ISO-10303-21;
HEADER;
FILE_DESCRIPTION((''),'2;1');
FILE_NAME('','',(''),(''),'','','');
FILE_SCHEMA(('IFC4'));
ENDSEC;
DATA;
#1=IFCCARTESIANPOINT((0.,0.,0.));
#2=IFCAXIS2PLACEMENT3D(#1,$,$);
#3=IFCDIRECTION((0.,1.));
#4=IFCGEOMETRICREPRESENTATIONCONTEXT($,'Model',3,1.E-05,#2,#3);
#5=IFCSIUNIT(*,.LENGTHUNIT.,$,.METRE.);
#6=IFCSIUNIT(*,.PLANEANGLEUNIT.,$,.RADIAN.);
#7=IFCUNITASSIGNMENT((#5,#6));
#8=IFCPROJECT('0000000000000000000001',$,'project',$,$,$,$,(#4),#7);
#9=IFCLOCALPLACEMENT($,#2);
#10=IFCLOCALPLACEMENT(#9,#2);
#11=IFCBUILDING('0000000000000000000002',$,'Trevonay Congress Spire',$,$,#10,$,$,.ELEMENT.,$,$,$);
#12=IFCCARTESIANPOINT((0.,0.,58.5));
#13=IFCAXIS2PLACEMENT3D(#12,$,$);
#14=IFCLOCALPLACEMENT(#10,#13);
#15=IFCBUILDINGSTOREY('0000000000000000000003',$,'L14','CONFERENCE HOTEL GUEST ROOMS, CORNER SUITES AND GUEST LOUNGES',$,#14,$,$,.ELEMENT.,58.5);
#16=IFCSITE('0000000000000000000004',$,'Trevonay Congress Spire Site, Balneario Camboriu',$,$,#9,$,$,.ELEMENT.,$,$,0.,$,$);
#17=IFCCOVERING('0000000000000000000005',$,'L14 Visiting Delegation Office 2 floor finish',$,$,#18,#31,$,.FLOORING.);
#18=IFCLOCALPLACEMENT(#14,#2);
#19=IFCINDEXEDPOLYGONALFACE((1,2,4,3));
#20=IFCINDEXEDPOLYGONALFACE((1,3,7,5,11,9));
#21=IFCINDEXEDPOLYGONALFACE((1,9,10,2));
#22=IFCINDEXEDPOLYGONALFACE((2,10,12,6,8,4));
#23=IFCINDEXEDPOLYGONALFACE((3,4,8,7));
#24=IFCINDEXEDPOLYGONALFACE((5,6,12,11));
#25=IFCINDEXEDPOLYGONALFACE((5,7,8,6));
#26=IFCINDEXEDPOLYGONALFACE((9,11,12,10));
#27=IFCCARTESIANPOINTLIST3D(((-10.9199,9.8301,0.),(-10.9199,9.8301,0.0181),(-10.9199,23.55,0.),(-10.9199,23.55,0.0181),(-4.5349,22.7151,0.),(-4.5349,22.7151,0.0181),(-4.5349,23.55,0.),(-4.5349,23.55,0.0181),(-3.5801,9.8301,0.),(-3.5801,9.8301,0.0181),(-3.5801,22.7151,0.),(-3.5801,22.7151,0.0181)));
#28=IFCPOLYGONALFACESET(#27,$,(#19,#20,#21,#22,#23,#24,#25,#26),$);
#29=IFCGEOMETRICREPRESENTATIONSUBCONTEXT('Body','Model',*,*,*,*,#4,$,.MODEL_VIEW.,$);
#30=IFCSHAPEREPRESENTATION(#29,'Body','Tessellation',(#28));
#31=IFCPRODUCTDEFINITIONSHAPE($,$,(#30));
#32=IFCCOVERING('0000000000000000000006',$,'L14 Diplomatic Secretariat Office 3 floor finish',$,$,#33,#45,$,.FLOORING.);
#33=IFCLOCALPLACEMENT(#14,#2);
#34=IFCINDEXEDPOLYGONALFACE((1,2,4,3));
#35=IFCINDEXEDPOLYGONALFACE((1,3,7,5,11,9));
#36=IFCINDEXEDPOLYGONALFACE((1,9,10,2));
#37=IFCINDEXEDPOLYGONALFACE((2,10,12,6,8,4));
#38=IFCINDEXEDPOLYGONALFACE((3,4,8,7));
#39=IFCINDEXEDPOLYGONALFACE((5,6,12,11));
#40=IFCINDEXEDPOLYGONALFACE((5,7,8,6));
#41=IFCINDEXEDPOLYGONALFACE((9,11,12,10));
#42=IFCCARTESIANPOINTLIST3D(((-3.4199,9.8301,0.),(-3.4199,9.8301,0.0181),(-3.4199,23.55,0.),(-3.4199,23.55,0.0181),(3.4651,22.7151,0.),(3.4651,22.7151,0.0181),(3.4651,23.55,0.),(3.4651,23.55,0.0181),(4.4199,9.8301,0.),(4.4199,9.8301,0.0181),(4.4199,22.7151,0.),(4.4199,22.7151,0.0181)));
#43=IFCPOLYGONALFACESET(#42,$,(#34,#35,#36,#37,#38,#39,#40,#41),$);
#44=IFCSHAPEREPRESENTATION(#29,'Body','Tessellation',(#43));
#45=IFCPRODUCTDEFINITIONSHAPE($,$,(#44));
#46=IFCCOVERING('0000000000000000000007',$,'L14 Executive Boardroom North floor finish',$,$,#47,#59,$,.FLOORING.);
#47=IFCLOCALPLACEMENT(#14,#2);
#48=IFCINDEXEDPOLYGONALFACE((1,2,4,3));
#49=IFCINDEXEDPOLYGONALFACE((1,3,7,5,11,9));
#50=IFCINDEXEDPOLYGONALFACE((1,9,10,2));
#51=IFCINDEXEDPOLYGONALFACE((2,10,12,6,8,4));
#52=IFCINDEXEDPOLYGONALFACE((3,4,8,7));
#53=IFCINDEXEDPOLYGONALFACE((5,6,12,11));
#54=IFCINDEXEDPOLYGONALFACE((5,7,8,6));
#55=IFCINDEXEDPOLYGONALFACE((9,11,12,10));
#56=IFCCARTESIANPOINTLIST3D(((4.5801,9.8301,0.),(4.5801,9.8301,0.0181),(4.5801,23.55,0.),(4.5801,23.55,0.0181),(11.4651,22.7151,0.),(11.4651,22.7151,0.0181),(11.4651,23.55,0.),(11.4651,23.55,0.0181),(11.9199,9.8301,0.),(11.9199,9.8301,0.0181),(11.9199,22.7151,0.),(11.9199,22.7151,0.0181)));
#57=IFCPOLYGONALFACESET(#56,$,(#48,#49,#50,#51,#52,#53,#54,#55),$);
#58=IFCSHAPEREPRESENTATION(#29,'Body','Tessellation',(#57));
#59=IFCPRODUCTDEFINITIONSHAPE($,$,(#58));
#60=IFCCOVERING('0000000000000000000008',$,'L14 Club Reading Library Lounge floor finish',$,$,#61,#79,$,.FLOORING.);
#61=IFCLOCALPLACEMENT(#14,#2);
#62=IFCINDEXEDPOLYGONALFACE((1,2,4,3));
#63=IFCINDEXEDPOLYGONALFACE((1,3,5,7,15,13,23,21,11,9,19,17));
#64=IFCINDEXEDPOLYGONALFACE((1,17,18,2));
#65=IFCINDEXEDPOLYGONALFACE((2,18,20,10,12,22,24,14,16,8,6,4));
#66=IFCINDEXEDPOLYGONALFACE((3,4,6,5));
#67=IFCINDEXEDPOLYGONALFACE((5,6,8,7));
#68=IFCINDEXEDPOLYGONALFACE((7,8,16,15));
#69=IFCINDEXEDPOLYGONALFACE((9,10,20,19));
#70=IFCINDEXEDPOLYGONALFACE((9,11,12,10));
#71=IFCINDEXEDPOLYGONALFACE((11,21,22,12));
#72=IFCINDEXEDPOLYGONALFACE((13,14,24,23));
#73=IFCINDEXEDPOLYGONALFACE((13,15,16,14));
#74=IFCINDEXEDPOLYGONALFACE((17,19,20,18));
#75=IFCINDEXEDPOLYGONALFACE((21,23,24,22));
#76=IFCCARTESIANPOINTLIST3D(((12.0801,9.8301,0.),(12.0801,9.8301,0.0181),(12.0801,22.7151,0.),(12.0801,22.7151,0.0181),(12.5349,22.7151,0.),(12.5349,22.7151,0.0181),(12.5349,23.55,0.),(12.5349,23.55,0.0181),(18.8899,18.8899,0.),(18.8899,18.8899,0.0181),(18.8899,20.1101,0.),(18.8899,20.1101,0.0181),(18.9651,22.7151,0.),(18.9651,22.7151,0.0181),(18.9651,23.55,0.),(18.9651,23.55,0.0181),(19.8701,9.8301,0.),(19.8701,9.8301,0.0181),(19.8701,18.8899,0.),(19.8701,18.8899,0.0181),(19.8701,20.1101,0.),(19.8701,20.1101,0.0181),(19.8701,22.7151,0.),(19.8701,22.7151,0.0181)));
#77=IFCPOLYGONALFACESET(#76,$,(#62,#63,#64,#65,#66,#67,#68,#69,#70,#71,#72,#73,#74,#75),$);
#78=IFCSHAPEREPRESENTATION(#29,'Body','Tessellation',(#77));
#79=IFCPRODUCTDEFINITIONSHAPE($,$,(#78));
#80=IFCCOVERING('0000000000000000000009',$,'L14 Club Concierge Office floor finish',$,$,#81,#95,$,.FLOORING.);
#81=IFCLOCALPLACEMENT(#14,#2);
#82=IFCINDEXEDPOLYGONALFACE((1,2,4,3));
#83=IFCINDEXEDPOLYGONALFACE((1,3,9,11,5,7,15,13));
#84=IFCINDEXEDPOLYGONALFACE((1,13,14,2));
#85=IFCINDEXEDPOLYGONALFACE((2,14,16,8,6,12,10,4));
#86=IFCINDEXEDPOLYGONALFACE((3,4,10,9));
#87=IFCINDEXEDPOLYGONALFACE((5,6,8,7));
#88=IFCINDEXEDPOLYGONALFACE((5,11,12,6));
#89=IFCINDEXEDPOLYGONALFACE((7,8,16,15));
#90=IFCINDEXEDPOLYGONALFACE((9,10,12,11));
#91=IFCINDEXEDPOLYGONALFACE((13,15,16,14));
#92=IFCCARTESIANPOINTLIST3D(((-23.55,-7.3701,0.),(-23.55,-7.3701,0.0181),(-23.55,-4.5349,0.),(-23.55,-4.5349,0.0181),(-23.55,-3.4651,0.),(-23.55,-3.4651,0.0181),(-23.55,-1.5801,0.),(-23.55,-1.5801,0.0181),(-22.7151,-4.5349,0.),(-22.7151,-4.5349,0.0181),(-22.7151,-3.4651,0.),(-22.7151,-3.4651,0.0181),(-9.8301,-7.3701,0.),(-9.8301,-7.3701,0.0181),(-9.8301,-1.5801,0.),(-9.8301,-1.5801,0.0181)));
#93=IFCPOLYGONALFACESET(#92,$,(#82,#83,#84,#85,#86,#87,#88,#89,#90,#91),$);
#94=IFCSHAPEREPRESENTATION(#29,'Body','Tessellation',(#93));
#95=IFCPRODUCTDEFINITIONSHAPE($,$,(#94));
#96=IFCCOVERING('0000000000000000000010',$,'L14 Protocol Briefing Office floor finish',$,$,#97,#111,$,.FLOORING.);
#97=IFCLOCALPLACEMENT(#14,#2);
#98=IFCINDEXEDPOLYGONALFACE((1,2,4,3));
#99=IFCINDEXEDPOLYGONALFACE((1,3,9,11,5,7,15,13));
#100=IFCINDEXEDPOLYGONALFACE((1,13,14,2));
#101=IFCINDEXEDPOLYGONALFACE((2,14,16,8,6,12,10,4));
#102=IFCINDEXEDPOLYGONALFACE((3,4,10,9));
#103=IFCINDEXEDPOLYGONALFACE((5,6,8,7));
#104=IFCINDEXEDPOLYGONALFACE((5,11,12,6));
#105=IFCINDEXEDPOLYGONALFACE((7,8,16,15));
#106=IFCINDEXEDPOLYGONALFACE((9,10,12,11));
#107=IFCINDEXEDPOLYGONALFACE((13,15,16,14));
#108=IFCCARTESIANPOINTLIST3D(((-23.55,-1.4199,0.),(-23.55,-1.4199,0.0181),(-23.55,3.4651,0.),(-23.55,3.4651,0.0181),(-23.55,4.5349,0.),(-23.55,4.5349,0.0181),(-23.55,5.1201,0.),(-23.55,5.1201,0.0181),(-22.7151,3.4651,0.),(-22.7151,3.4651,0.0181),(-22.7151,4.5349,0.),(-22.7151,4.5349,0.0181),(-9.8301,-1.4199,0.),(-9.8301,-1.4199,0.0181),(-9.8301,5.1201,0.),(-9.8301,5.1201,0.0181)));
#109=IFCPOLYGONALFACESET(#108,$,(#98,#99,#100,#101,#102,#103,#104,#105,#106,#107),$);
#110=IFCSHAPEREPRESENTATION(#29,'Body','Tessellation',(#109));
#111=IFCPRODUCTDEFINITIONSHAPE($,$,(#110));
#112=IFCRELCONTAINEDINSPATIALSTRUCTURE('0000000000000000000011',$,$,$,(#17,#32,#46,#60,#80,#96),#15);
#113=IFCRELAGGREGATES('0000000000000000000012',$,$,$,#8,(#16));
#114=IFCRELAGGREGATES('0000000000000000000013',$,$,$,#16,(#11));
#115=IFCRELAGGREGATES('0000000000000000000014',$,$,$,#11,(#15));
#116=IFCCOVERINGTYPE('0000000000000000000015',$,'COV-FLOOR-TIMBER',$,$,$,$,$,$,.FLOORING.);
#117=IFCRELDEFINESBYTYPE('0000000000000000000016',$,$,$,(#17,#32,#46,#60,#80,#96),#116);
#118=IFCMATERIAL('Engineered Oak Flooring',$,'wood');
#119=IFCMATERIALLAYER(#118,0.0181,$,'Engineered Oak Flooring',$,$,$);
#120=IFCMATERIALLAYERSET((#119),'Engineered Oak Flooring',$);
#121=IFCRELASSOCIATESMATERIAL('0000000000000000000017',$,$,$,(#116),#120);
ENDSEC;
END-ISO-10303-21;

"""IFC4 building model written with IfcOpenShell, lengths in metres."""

from ifc_helpers import new_model, si_unit, direction, frame, origin, place, context, subcontext, project, spatial, polyline, outline, extrude, material, layer, layer_set, type_object, element, save


model = new_model("IFC4")

# Units and contexts
model_context = context("Model", 3, precision=1e-05, world=origin(), true_north=direction((0.0, 1.0)))
body_context = subcontext(model_context, "Body", "Model", "MODEL_VIEW")
ifc_project = project(units=[si_unit("LENGTHUNIT", "METRE"), si_unit("PLANEANGLEUNIT", "RADIAN")], contexts=[model_context])

# Site, building, storey
site_placement = place(None, origin())
site = spatial("IfcSite", under=ifc_project, at=site_placement, Name="Trevonay Congress Spire Site, Balneario Camboriu", CompositionType="ELEMENT", RefElevation=0.0)
building_placement = place(site_placement, origin())
building = spatial("IfcBuilding", under=site, at=building_placement, Name="Trevonay Congress Spire", CompositionType="ELEMENT")
storey_placement = place(building_placement, frame((0.0, 0.0, 58.5)))
storey = spatial("IfcBuildingStorey", under=building, at=storey_placement, Name="L14", Description="CONFERENCE HOTEL GUEST ROOMS, CORNER SUITES AND GUEST LOUNGES", CompositionType="ELEMENT", Elevation=58.5)

# Coverings
ifc_material_1 = material(Name="Engineered Oak Flooring", Category="wood")
ifc_layer_1 = layer(ifc_material_1, 0.0181, Name="Engineered Oak Flooring")
ifc_layer_set_1 = layer_set([ifc_layer_1], Name="Engineered Oak Flooring")
covering_type_1 = type_object("IfcCoveringType", Name="COV-FLOOR-TIMBER", PredefinedType="FLOORING", material=ifc_layer_set_1)
covering_1_placement = place(storey_placement, origin())
element("IfcCovering", 1, at=covering_1_placement, inside=storey, type_object=covering_type_1, Name="L14 Visiting Delegation Office 2 floor finish", PredefinedType="FLOORING", context=body_context, shape_type="SweptSolid", body=[
    extrude(outline(polyline([(-3.5801, 9.8301), (-10.9199, 9.8301), (-10.9199, 23.55), (-4.5349, 23.55), (-4.5349, 22.7151), (-3.5801, 22.7151), (-3.5801, 9.8301)])), origin(), (0.0, 0.0, 1.0), 0.0181),
])
covering_2_placement = place(storey_placement, origin())
element("IfcCovering", 2, at=covering_2_placement, inside=storey, type_object=covering_type_1, Name="L14 Diplomatic Secretariat Office 3 floor finish", PredefinedType="FLOORING", context=body_context, shape_type="SweptSolid", body=[
    extrude(outline(polyline([(4.4199, 9.8301), (-3.4199, 9.8301), (-3.4199, 23.55), (3.4651, 23.55), (3.4651, 22.7151), (4.4199, 22.7151), (4.4199, 9.8301)])), origin(), (0.0, 0.0, 1.0), 0.0181),
])
covering_3_placement = place(storey_placement, origin())
element("IfcCovering", 3, at=covering_3_placement, inside=storey, type_object=covering_type_1, Name="L14 Executive Boardroom North floor finish", PredefinedType="FLOORING", context=body_context, shape_type="SweptSolid", body=[
    extrude(outline(polyline([(11.9199, 9.8301), (4.5801, 9.8301), (4.5801, 23.55), (11.4651, 23.55), (11.4651, 22.7151), (11.9199, 22.7151), (11.9199, 9.8301)])), origin(), (0.0, 0.0, 1.0), 0.0181),
])
covering_4_placement = place(storey_placement, origin())
element("IfcCovering", 4, at=covering_4_placement, inside=storey, type_object=covering_type_1, Name="L14 Club Reading Library Lounge floor finish", PredefinedType="FLOORING", context=body_context, shape_type="SweptSolid", body=[
    extrude(outline(polyline([(19.8701, 9.8301), (12.0801, 9.8301), (12.0801, 22.7151), (12.5349, 22.7151), (12.5349, 23.55), (18.9651, 23.55), (18.9651, 22.7151), (19.8701, 22.7151), (19.8701, 20.1101), (18.8899, 20.1101), (18.8899, 18.8899), (19.8701, 18.8899), (19.8701, 9.8301)])), origin(), (0.0, 0.0, 1.0), 0.0181),
])
covering_5_placement = place(storey_placement, origin())
element("IfcCovering", 5, at=covering_5_placement, inside=storey, type_object=covering_type_1, Name="L14 Club Concierge Office floor finish", PredefinedType="FLOORING", context=body_context, shape_type="SweptSolid", body=[
    extrude(outline(polyline([(-23.55, -1.5801), (-9.8301, -1.5801), (-9.8301, -7.3701), (-23.55, -7.3701), (-23.55, -4.5349), (-22.7151, -4.5349), (-22.7151, -3.4651), (-23.55, -3.4651), (-23.55, -1.5801)])), origin(), (0.0, 0.0, 1.0), 0.0181),
])
covering_6_placement = place(storey_placement, origin())
element("IfcCovering", 6, at=covering_6_placement, inside=storey, type_object=covering_type_1, Name="L14 Protocol Briefing Office floor finish", PredefinedType="FLOORING", context=body_context, shape_type="SweptSolid", body=[
    extrude(outline(polyline([(-23.55, 5.1201), (-9.8301, 5.1201), (-9.8301, -1.4199), (-23.55, -1.4199), (-23.55, 3.4651), (-22.7151, 3.4651), (-22.7151, 4.5349), (-23.55, 4.5349), (-23.55, 5.1201)])), origin(), (0.0, 0.0, 1.0), 0.0181),
])

save(model, "model.ifc")
